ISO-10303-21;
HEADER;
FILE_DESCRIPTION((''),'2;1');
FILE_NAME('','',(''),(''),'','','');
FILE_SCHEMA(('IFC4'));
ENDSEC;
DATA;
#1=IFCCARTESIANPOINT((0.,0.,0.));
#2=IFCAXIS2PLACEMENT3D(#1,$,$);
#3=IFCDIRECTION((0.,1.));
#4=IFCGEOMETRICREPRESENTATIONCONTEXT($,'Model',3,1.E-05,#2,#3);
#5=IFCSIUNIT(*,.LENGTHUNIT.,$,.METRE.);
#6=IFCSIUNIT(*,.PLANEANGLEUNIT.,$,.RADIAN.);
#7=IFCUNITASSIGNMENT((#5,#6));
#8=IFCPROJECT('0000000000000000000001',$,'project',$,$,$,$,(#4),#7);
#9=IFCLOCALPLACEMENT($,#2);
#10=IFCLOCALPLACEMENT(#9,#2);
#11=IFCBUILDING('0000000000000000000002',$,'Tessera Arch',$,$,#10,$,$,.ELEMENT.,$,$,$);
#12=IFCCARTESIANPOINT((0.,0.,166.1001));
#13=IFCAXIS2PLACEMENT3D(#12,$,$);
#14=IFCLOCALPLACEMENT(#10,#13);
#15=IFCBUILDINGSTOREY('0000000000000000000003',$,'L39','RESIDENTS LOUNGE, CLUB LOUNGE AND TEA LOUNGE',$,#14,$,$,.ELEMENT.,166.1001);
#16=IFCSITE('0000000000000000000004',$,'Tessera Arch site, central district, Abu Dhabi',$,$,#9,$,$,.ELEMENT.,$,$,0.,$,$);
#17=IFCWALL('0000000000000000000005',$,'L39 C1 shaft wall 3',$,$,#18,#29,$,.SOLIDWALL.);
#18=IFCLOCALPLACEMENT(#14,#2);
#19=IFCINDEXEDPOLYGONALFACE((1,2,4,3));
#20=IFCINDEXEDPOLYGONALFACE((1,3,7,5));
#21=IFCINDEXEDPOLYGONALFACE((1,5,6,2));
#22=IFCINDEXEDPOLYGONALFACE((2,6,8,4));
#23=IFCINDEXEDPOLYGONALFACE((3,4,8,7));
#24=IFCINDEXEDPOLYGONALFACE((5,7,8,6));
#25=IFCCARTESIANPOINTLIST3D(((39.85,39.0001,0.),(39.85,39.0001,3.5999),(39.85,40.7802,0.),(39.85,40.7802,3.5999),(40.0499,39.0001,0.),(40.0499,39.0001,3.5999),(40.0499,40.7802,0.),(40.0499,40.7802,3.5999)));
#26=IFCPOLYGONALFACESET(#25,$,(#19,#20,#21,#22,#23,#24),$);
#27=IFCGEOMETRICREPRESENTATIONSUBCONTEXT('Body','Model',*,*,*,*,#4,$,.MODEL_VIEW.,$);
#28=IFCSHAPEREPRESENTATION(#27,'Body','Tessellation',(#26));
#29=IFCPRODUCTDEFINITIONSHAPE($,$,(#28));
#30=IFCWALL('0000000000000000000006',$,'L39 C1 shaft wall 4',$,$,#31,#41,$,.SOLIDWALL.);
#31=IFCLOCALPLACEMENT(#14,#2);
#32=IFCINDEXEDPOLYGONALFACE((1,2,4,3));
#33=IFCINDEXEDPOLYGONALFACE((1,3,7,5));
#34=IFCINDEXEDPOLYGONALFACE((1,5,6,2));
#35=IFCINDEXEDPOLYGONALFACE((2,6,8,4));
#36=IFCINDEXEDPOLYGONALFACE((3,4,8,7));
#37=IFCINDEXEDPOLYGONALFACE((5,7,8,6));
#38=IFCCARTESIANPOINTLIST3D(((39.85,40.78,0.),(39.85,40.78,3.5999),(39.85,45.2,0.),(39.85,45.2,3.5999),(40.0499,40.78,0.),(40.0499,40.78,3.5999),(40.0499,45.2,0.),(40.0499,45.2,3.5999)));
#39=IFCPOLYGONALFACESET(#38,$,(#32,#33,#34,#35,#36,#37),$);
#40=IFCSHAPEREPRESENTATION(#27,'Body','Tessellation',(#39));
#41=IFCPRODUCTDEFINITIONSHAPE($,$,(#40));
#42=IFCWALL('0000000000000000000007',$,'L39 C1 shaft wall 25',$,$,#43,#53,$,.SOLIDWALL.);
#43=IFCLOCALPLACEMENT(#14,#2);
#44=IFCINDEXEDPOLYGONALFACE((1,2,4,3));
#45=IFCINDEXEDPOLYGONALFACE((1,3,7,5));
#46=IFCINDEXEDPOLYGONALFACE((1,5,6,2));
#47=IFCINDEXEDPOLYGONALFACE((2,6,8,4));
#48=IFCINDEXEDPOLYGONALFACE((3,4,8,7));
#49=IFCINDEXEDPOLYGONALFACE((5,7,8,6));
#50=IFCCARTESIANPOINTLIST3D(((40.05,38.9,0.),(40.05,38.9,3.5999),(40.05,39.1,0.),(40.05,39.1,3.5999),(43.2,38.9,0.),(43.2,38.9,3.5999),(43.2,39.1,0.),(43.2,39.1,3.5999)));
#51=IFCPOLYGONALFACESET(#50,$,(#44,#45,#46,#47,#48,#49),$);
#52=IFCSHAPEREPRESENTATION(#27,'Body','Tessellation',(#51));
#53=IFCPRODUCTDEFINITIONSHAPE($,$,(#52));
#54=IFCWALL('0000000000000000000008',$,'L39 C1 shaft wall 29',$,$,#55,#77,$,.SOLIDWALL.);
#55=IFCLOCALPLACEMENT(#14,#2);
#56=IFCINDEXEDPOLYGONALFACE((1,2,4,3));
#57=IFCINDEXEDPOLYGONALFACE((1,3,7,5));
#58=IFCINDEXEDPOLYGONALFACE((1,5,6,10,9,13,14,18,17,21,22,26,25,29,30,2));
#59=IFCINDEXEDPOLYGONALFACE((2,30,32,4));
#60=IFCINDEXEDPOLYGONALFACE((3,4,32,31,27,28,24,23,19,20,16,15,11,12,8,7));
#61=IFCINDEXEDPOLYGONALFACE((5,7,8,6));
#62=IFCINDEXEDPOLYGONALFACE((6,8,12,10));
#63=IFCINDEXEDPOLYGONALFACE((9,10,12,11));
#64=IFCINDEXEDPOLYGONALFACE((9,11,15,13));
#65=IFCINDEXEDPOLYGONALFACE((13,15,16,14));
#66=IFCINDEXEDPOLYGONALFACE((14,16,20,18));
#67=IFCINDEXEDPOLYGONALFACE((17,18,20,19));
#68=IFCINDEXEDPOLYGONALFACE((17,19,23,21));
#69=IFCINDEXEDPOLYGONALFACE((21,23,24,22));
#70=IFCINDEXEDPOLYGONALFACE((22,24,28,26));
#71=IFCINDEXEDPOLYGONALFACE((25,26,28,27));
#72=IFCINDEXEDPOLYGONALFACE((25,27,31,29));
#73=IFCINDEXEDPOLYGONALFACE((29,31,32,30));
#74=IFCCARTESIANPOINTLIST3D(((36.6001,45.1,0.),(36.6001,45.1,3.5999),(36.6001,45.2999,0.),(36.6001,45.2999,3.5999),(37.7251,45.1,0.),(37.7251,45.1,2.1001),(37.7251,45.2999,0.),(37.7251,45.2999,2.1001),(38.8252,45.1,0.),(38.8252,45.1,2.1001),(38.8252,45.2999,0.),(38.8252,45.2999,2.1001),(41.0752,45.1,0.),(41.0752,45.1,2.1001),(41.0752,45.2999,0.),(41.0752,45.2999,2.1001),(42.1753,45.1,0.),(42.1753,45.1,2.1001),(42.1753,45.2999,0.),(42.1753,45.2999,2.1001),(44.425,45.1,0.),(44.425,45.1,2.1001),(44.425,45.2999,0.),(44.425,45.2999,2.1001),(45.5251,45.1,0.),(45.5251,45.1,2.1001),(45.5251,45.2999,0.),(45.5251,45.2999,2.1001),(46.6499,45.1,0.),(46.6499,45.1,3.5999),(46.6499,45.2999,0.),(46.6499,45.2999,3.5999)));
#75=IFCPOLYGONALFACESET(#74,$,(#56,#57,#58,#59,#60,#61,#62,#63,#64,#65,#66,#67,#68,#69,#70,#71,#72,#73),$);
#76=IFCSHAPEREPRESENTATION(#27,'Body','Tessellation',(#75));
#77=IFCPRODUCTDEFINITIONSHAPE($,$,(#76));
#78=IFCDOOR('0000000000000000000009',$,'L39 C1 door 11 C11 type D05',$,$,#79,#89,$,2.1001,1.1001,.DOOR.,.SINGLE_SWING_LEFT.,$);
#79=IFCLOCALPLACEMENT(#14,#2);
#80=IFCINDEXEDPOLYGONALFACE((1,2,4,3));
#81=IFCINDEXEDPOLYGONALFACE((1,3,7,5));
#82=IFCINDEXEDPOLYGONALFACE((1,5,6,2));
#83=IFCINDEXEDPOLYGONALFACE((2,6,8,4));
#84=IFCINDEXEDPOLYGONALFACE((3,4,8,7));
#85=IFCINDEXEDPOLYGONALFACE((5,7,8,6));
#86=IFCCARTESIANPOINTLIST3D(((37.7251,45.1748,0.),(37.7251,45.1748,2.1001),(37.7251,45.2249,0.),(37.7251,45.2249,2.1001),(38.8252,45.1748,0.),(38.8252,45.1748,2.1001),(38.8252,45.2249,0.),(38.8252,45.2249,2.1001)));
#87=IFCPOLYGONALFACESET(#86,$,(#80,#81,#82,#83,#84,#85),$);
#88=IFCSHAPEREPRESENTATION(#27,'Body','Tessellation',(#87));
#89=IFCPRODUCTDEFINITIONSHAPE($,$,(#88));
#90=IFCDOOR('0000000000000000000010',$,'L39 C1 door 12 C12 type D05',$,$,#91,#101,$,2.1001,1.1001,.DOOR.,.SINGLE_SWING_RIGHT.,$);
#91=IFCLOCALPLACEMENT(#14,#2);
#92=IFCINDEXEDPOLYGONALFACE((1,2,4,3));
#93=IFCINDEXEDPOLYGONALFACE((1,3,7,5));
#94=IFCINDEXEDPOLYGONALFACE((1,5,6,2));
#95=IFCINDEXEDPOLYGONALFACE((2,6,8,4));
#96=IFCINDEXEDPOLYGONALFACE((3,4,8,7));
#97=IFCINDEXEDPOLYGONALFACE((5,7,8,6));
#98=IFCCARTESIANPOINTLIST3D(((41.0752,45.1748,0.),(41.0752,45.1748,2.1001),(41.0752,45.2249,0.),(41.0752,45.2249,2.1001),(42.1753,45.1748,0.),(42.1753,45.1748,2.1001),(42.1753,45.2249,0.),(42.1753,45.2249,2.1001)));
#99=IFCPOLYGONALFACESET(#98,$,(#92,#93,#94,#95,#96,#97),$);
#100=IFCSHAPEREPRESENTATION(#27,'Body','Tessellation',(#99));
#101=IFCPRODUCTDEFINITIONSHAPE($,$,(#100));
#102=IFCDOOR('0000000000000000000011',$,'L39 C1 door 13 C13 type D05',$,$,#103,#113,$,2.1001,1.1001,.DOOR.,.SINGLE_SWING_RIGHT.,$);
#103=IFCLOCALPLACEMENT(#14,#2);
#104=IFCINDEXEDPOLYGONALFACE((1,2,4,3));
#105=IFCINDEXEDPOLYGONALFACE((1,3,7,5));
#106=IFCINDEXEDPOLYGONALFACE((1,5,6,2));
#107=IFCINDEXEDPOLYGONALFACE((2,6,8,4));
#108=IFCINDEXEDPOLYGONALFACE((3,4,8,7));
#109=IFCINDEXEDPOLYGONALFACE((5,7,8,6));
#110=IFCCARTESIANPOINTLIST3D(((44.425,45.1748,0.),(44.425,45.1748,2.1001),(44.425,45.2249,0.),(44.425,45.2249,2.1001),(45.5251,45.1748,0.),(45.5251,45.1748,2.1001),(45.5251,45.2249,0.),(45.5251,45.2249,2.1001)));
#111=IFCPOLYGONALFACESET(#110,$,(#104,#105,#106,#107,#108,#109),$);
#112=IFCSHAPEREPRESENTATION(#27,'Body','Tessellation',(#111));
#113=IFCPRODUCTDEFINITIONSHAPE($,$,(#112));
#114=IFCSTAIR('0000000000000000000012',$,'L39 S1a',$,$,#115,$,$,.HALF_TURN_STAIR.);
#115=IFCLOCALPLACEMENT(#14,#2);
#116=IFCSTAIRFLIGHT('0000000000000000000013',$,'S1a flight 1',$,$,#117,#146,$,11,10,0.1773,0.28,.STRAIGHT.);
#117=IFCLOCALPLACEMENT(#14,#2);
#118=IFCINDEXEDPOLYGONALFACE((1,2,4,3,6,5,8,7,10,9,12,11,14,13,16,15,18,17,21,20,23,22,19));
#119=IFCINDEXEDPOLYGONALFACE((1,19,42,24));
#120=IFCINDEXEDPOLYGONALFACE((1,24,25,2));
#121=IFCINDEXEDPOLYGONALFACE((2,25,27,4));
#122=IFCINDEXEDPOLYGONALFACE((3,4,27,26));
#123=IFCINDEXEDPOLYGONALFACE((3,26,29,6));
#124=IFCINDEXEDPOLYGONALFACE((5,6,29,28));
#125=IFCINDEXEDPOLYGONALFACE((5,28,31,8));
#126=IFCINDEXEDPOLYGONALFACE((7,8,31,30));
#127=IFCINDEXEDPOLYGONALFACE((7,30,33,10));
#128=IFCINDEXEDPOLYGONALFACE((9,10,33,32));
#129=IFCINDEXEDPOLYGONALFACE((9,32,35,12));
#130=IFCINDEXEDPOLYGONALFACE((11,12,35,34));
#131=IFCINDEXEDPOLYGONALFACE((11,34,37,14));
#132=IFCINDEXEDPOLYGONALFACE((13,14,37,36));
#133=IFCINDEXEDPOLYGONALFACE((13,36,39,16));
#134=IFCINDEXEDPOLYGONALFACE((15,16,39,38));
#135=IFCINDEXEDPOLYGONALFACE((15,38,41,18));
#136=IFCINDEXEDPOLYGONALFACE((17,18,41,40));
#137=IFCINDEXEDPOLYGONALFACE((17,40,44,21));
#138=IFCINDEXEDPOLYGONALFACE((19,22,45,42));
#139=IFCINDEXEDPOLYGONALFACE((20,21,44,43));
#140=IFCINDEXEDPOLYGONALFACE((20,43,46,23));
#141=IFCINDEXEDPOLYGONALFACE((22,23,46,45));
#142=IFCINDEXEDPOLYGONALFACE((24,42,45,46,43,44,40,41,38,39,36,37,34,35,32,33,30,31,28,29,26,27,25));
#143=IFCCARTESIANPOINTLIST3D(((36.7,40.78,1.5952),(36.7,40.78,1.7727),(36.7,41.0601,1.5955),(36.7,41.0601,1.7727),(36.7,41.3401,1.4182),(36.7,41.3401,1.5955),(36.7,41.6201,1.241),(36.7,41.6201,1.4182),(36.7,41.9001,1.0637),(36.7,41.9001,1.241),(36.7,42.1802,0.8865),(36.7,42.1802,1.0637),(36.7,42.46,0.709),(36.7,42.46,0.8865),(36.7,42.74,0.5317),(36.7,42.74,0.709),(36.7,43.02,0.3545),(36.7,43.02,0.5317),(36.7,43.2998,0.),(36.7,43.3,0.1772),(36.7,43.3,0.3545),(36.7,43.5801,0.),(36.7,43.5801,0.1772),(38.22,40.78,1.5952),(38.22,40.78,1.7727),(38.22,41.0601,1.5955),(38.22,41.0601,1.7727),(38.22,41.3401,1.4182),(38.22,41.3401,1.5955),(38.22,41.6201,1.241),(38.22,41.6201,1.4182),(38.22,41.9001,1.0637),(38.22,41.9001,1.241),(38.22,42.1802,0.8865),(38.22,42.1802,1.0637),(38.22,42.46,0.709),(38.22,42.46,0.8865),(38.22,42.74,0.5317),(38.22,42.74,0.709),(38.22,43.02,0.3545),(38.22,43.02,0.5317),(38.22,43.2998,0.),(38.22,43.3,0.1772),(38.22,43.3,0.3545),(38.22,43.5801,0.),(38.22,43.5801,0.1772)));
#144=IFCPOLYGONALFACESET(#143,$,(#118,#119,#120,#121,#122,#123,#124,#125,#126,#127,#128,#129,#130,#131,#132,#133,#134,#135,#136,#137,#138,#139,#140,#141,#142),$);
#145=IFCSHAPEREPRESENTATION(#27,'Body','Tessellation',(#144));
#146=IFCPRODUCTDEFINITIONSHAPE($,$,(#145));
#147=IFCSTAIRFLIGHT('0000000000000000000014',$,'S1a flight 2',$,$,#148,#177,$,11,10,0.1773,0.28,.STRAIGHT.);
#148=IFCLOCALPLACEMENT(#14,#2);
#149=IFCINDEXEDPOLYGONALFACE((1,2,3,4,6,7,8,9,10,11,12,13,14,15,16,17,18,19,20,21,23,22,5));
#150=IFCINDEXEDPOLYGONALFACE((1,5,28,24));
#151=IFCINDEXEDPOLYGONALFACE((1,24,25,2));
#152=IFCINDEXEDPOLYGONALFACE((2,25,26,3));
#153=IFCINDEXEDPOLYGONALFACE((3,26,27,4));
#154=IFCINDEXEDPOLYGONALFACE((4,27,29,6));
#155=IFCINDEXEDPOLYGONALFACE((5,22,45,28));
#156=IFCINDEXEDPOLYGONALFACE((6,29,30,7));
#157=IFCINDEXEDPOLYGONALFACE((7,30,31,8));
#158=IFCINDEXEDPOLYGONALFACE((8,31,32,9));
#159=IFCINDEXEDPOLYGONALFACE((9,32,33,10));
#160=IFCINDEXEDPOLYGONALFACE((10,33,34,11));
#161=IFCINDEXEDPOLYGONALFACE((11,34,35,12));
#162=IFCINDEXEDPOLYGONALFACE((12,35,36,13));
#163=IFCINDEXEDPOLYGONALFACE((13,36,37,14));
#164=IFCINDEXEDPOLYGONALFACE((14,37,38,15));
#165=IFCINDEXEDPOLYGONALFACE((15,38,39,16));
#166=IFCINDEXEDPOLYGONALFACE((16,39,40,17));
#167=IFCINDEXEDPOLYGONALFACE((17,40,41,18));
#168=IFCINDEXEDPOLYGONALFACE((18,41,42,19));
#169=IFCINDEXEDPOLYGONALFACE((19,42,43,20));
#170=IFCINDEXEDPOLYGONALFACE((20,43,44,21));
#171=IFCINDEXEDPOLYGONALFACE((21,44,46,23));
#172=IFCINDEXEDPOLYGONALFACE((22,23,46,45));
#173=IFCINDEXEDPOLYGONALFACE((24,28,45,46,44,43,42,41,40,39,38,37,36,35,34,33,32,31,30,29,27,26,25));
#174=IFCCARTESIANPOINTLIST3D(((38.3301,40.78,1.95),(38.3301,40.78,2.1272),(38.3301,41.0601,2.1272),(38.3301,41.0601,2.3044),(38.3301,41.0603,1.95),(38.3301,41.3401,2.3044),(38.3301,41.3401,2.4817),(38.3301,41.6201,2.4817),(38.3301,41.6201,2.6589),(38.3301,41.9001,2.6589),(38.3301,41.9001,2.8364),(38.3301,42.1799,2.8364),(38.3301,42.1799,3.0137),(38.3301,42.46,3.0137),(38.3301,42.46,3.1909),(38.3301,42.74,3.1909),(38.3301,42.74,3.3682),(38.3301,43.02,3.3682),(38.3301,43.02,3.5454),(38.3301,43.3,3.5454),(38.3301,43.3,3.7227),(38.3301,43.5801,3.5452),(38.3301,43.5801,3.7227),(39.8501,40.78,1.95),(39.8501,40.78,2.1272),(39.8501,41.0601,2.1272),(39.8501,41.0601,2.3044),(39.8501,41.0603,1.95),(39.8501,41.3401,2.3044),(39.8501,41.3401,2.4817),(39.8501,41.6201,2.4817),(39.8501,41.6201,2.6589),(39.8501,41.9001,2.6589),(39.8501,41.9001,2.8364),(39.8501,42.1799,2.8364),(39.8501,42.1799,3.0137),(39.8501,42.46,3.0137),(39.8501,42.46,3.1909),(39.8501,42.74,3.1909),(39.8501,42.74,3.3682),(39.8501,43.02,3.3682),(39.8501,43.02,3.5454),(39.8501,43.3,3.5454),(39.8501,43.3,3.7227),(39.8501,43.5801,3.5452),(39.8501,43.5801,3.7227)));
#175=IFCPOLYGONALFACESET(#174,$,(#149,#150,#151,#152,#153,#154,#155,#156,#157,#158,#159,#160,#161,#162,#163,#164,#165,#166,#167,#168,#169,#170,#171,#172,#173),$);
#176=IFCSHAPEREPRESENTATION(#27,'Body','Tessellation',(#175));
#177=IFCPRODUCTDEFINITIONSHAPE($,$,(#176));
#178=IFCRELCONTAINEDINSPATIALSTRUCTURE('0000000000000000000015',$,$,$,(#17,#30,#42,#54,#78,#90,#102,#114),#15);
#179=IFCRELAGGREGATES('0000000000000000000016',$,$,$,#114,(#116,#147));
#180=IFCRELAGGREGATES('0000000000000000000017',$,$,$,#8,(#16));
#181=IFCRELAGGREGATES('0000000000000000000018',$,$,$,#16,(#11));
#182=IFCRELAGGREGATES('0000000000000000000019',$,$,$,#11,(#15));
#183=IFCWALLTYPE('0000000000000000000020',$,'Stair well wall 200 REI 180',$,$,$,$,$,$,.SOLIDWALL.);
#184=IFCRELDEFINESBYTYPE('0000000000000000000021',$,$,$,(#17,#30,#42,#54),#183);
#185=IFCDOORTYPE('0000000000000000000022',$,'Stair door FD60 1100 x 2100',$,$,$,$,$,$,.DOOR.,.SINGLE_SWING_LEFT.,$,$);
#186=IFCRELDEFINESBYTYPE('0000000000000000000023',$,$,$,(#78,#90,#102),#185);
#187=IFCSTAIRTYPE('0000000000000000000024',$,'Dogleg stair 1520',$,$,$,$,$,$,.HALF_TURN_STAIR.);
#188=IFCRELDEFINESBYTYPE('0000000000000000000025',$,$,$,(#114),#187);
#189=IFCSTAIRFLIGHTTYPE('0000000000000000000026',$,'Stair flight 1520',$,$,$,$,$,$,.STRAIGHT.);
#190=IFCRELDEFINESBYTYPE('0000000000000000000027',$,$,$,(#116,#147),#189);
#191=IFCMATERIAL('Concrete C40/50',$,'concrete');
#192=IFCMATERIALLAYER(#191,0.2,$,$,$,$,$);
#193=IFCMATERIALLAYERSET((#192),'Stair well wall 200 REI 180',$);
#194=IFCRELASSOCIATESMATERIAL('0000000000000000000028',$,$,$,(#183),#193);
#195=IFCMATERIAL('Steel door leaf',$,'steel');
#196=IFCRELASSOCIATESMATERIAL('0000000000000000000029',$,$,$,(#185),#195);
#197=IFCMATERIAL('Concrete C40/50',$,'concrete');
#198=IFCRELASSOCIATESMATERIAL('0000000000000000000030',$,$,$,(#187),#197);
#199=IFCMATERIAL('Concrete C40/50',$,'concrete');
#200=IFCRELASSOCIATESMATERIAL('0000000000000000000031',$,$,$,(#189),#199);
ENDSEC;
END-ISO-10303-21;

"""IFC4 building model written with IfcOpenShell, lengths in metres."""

from ifc_helpers import new_model, si_unit, direction, frame, frame_2d, origin, place, context, subcontext, project, spatial, polyline, rectangle, outline, extrude, material, layer, layer_set, type_object, element, fill, aggregate, save


model = new_model("IFC4")

# Units and contexts
model_context = context("Model", 3, precision=1e-05, world=origin(), true_north=direction((0.0, 1.0)))
body_context = subcontext(model_context, "Body", "Model", "MODEL_VIEW")
ifc_project = project(units=[si_unit("LENGTHUNIT", "METRE"), si_unit("PLANEANGLEUNIT", "RADIAN")], contexts=[model_context])

# Site, building, storey
site_placement = place(None, origin())
site = spatial("IfcSite", under=ifc_project, at=site_placement, Name="Tessera Arch site, central district, Abu Dhabi", CompositionType="ELEMENT", RefElevation=0.0)
building_placement = place(site_placement, origin())
building = spatial("IfcBuilding", under=site, at=building_placement, Name="Tessera Arch", CompositionType="ELEMENT")
storey_placement = place(building_placement, frame((0.0, 0.0, 166.1001)))
storey = spatial("IfcBuildingStorey", under=building, at=storey_placement, Name="L39", Description="RESIDENTS LOUNGE, CLUB LOUNGE AND TEA LOUNGE", CompositionType="ELEMENT", Elevation=166.1001)

# Walls
ifc_material_1 = material(Name="Concrete C40/50", Category="concrete")
ifc_layer_1 = layer(ifc_material_1, 0.2)
ifc_layer_set_1 = layer_set([ifc_layer_1], Name="Stair well wall 200 REI 180")
wall_type_1 = type_object("IfcWallType", Name="Stair well wall 200 REI 180", PredefinedType="SOLIDWALL", material=ifc_layer_set_1)
wall_1_placement = place(storey_placement, frame((39.95, 39.0, 0.0), z_axis=(0.0, 0.0, 1.0), x_axis=(0.0, 1.0, 0.0)))
element("IfcWall", 1, at=wall_1_placement, inside=storey, type_object=wall_type_1, Name="L39 C1 shaft wall 3", PredefinedType="SOLIDWALL", context=body_context, shape_type="SweptSolid", body=[
    extrude(rectangle(XDim=1.78, YDim=0.2, at=frame_2d((0.8901, 0.0))), origin(), (0.0, 0.0, 1.0), 3.5999),
])
wall_2_placement = place(storey_placement, frame((39.95, 40.78, 0.0), z_axis=(0.0, 0.0, 1.0), x_axis=(0.0, 1.0, 0.0)))
element("IfcWall", 2, at=wall_2_placement, inside=storey, type_object=wall_type_1, Name="L39 C1 shaft wall 4", PredefinedType="SOLIDWALL", context=body_context, shape_type="SweptSolid", body=[
    extrude(rectangle(XDim=4.4199, YDim=0.2, at=frame_2d((2.21, 0.0))), origin(), (0.0, 0.0, 1.0), 3.5999),
])
wall_3_placement = place(storey_placement, frame((40.05, 39.0, 0.0), z_axis=(0.0, 0.0, 1.0), x_axis=(1.0, 0.0, 0.0)))
element("IfcWall", 3, at=wall_3_placement, inside=storey, type_object=wall_type_1, Name="L39 C1 shaft wall 25", PredefinedType="SOLIDWALL", context=body_context, shape_type="SweptSolid", body=[
    extrude(rectangle(XDim=3.1499, YDim=0.2, at=frame_2d((1.575, 0.0))), origin(), (0.0, 0.0, 1.0), 3.5999),
])

# Wall, openings, doors
wall_4_placement = place(storey_placement, frame((36.6001, 45.2, 0.0), z_axis=(0.0, 0.0, 1.0), x_axis=(1.0, 0.0, 0.0)))
wall_4 = element("IfcWall", 4, at=wall_4_placement, inside=storey, type_object=wall_type_1, Name="L39 C1 shaft wall 29", PredefinedType="SOLIDWALL", context=body_context, shape_type="SweptSolid", body=[
    extrude(rectangle(XDim=10.0498, YDim=0.2, at=frame_2d((5.0249, 0.0))), origin(), (0.0, 0.0, 1.0), 3.5999),
])
opening_1_placement = place(wall_4_placement, frame((1.125, 0.0, 0.0)))
opening_1 = element("IfcOpeningElement", 5, at=opening_1_placement, cuts=wall_4, PredefinedType="OPENING", context=body_context, shape_type="SweptSolid", body=[
    extrude(rectangle(XDim=1.1001, YDim=2.1001, at=frame_2d((0.55, 1.05))), frame((0.0, 0.1099, 0.0), z_axis=(0.0, -1.0, 0.0), x_axis=(1.0, 0.0, 0.0)), (0.0, 0.0, 1.0), 0.22),
])
opening_2_placement = place(wall_4_placement, frame((4.4751, 0.0, 0.0)))
opening_2 = element("IfcOpeningElement", 6, at=opening_2_placement, cuts=wall_4, PredefinedType="OPENING", context=body_context, shape_type="SweptSolid", body=[
    extrude(rectangle(XDim=1.1001, YDim=2.1001, at=frame_2d((0.55, 1.05))), frame((0.0, 0.1099, 0.0), z_axis=(0.0, -1.0, 0.0), x_axis=(1.0, 0.0, 0.0)), (0.0, 0.0, 1.0), 0.22),
])
opening_3_placement = place(wall_4_placement, frame((7.825, 0.0, 0.0)))
opening_3 = element("IfcOpeningElement", 7, at=opening_3_placement, cuts=wall_4, PredefinedType="OPENING", context=body_context, shape_type="SweptSolid", body=[
    extrude(rectangle(XDim=1.1001, YDim=2.1001, at=frame_2d((0.55, 1.05))), frame((0.0, 0.1099, 0.0), z_axis=(0.0, -1.0, 0.0), x_axis=(1.0, 0.0, 0.0)), (0.0, 0.0, 1.0), 0.22),
])
ifc_material_2 = material(Name="Steel door leaf", Category="steel")
door_type_1 = type_object("IfcDoorType", Name="Stair door FD60 1100 x 2100", OperationType="SINGLE_SWING_LEFT", PredefinedType="DOOR", material=ifc_material_2)
door_1_placement = place(opening_1_placement, origin())
door_1 = element("IfcDoor", 8, at=door_1_placement, inside=storey, type_object=door_type_1, Name="L39 C1 door 11 C11 type D05", OperationType="SINGLE_SWING_LEFT", OverallHeight=2.1001, OverallWidth=1.1001, PredefinedType="DOOR", context=body_context, shape_type="SweptSolid", body=[
    extrude(rectangle(XDim=1.1001, YDim=2.1001, at=frame_2d((0.55, 1.05))), frame((0.0, 0.0249, 0.0), z_axis=(0.0, -1.0, 0.0), x_axis=(1.0, 0.0, 0.0)), (0.0, 0.0, 1.0), 0.05),
])
fill(opening_1, door_1)
door_2_placement = place(opening_2_placement, origin())
door_2 = element("IfcDoor", 9, at=door_2_placement, inside=storey, type_object=door_type_1, Name="L39 C1 door 12 C12 type D05", OperationType="SINGLE_SWING_RIGHT", OverallHeight=2.1001, OverallWidth=1.1001, PredefinedType="DOOR", context=body_context, shape_type="SweptSolid", body=[
    extrude(rectangle(XDim=1.1001, YDim=2.1001, at=frame_2d((0.55, 1.05))), frame((0.0, 0.0249, 0.0), z_axis=(0.0, -1.0, 0.0), x_axis=(1.0, 0.0, 0.0)), (0.0, 0.0, 1.0), 0.05),
])
fill(opening_2, door_2)
door_3_placement = place(opening_3_placement, origin())
door_3 = element("IfcDoor", 10, at=door_3_placement, inside=storey, type_object=door_type_1, Name="L39 C1 door 13 C13 type D05", OperationType="SINGLE_SWING_RIGHT", OverallHeight=2.1001, OverallWidth=1.1001, PredefinedType="DOOR", context=body_context, shape_type="SweptSolid", body=[
    extrude(rectangle(XDim=1.1001, YDim=2.1001, at=frame_2d((0.55, 1.05))), frame((0.0, 0.0249, 0.0), z_axis=(0.0, -1.0, 0.0), x_axis=(1.0, 0.0, 0.0)), (0.0, 0.0, 1.0), 0.05),
])
fill(opening_3, door_3)

# Stair, stair flights
ifc_material_3 = material(Name="Concrete C40/50", Category="concrete")
stair_type = type_object("IfcStairType", Name="Dogleg stair 1520", PredefinedType="HALF_TURN_STAIR", material=ifc_material_3)
stair_placement = place(storey_placement, origin())
stair = element("IfcStair", 11, at=stair_placement, inside=storey, type_object=stair_type, Name="L39 S1a", PredefinedType="HALF_TURN_STAIR")
ifc_material_4 = material(Name="Concrete C40/50", Category="concrete")
stair_flight_type = type_object("IfcStairFlightType", Name="Stair flight 1520", PredefinedType="STRAIGHT", material=ifc_material_4)
stair_flight_1_placement = place(storey_placement, frame((37.46, 43.5801, 0.0), z_axis=(0.0, 0.0, 1.0), x_axis=(0.0, -1.0, 0.0)))
stair_flight_1 = element("IfcStairFlight", 12, at=stair_flight_1_placement, type_object=stair_flight_type, Name="S1a flight 1", NumberOfRisers=11, NumberOfTreads=10, PredefinedType="STRAIGHT", RiserHeight=0.1773, TreadLength=0.28, context=body_context, shape_type="SweptSolid", body=[
    extrude(outline(polyline([(0.0, 0.0), (0.0, 0.1772), (0.28, 0.1772), (0.28, 0.3545), (0.5601, 0.3545), (0.5601, 0.5317), (0.8401, 0.5317), (0.8401, 0.709), (1.1201, 0.709), (1.1201, 0.8865), (1.3999, 0.8865), (1.3999, 1.0637), (1.6799, 1.0637), (1.6799, 1.241), (1.96, 1.241), (1.96, 1.4182), (2.24, 1.4182), (2.24, 1.5955), (2.52, 1.5955), (2.52, 1.7727), (2.8, 1.7727), (2.8, 1.95), (2.8, 1.5952), (0.2803, 0.0), (0.0, 0.0)])), frame((0.0, 0.76, 0.0), z_axis=(0.0, -1.0, 0.0), x_axis=(1.0, 0.0, 0.0)), (0.0, 0.0, 1.0), 1.52),
])
stair_flight_2_placement = place(storey_placement, frame((39.0901, 40.78, 1.95), z_axis=(0.0, 0.0, 1.0), x_axis=(0.0, 1.0, 0.0)))
stair_flight_2 = element("IfcStairFlight", 13, at=stair_flight_2_placement, type_object=stair_flight_type, Name="S1a flight 2", NumberOfRisers=11, NumberOfTreads=10, PredefinedType="STRAIGHT", RiserHeight=0.1773, TreadLength=0.28, context=body_context, shape_type="SweptSolid", body=[
    extrude(outline(polyline([(0.0, 0.0), (0.0, 0.1772), (0.28, 0.1772), (0.28, 0.3545), (0.5601, 0.3545), (0.5601, 0.5317), (0.8401, 0.5317), (0.8401, 0.709), (1.1201, 0.709), (1.1201, 0.8865), (1.3999, 0.8865), (1.3999, 1.0637), (1.6799, 1.0637), (1.6799, 1.241), (1.96, 1.241), (1.96, 1.4182), (2.24, 1.4182), (2.24, 1.5955), (2.52, 1.5955), (2.52, 1.7727), (2.8, 1.7727), (2.8, 1.95), (2.8, 1.5952), (0.2803, 0.0), (0.0, 0.0)])), frame((0.0, 0.76, 0.0), z_axis=(0.0, -1.0, 0.0), x_axis=(1.0, 0.0, 0.0)), (0.0, 0.0, 1.0), 1.52),
])
aggregate(stair, [stair_flight_1, stair_flight_2])

save(model, "model.ifc")
